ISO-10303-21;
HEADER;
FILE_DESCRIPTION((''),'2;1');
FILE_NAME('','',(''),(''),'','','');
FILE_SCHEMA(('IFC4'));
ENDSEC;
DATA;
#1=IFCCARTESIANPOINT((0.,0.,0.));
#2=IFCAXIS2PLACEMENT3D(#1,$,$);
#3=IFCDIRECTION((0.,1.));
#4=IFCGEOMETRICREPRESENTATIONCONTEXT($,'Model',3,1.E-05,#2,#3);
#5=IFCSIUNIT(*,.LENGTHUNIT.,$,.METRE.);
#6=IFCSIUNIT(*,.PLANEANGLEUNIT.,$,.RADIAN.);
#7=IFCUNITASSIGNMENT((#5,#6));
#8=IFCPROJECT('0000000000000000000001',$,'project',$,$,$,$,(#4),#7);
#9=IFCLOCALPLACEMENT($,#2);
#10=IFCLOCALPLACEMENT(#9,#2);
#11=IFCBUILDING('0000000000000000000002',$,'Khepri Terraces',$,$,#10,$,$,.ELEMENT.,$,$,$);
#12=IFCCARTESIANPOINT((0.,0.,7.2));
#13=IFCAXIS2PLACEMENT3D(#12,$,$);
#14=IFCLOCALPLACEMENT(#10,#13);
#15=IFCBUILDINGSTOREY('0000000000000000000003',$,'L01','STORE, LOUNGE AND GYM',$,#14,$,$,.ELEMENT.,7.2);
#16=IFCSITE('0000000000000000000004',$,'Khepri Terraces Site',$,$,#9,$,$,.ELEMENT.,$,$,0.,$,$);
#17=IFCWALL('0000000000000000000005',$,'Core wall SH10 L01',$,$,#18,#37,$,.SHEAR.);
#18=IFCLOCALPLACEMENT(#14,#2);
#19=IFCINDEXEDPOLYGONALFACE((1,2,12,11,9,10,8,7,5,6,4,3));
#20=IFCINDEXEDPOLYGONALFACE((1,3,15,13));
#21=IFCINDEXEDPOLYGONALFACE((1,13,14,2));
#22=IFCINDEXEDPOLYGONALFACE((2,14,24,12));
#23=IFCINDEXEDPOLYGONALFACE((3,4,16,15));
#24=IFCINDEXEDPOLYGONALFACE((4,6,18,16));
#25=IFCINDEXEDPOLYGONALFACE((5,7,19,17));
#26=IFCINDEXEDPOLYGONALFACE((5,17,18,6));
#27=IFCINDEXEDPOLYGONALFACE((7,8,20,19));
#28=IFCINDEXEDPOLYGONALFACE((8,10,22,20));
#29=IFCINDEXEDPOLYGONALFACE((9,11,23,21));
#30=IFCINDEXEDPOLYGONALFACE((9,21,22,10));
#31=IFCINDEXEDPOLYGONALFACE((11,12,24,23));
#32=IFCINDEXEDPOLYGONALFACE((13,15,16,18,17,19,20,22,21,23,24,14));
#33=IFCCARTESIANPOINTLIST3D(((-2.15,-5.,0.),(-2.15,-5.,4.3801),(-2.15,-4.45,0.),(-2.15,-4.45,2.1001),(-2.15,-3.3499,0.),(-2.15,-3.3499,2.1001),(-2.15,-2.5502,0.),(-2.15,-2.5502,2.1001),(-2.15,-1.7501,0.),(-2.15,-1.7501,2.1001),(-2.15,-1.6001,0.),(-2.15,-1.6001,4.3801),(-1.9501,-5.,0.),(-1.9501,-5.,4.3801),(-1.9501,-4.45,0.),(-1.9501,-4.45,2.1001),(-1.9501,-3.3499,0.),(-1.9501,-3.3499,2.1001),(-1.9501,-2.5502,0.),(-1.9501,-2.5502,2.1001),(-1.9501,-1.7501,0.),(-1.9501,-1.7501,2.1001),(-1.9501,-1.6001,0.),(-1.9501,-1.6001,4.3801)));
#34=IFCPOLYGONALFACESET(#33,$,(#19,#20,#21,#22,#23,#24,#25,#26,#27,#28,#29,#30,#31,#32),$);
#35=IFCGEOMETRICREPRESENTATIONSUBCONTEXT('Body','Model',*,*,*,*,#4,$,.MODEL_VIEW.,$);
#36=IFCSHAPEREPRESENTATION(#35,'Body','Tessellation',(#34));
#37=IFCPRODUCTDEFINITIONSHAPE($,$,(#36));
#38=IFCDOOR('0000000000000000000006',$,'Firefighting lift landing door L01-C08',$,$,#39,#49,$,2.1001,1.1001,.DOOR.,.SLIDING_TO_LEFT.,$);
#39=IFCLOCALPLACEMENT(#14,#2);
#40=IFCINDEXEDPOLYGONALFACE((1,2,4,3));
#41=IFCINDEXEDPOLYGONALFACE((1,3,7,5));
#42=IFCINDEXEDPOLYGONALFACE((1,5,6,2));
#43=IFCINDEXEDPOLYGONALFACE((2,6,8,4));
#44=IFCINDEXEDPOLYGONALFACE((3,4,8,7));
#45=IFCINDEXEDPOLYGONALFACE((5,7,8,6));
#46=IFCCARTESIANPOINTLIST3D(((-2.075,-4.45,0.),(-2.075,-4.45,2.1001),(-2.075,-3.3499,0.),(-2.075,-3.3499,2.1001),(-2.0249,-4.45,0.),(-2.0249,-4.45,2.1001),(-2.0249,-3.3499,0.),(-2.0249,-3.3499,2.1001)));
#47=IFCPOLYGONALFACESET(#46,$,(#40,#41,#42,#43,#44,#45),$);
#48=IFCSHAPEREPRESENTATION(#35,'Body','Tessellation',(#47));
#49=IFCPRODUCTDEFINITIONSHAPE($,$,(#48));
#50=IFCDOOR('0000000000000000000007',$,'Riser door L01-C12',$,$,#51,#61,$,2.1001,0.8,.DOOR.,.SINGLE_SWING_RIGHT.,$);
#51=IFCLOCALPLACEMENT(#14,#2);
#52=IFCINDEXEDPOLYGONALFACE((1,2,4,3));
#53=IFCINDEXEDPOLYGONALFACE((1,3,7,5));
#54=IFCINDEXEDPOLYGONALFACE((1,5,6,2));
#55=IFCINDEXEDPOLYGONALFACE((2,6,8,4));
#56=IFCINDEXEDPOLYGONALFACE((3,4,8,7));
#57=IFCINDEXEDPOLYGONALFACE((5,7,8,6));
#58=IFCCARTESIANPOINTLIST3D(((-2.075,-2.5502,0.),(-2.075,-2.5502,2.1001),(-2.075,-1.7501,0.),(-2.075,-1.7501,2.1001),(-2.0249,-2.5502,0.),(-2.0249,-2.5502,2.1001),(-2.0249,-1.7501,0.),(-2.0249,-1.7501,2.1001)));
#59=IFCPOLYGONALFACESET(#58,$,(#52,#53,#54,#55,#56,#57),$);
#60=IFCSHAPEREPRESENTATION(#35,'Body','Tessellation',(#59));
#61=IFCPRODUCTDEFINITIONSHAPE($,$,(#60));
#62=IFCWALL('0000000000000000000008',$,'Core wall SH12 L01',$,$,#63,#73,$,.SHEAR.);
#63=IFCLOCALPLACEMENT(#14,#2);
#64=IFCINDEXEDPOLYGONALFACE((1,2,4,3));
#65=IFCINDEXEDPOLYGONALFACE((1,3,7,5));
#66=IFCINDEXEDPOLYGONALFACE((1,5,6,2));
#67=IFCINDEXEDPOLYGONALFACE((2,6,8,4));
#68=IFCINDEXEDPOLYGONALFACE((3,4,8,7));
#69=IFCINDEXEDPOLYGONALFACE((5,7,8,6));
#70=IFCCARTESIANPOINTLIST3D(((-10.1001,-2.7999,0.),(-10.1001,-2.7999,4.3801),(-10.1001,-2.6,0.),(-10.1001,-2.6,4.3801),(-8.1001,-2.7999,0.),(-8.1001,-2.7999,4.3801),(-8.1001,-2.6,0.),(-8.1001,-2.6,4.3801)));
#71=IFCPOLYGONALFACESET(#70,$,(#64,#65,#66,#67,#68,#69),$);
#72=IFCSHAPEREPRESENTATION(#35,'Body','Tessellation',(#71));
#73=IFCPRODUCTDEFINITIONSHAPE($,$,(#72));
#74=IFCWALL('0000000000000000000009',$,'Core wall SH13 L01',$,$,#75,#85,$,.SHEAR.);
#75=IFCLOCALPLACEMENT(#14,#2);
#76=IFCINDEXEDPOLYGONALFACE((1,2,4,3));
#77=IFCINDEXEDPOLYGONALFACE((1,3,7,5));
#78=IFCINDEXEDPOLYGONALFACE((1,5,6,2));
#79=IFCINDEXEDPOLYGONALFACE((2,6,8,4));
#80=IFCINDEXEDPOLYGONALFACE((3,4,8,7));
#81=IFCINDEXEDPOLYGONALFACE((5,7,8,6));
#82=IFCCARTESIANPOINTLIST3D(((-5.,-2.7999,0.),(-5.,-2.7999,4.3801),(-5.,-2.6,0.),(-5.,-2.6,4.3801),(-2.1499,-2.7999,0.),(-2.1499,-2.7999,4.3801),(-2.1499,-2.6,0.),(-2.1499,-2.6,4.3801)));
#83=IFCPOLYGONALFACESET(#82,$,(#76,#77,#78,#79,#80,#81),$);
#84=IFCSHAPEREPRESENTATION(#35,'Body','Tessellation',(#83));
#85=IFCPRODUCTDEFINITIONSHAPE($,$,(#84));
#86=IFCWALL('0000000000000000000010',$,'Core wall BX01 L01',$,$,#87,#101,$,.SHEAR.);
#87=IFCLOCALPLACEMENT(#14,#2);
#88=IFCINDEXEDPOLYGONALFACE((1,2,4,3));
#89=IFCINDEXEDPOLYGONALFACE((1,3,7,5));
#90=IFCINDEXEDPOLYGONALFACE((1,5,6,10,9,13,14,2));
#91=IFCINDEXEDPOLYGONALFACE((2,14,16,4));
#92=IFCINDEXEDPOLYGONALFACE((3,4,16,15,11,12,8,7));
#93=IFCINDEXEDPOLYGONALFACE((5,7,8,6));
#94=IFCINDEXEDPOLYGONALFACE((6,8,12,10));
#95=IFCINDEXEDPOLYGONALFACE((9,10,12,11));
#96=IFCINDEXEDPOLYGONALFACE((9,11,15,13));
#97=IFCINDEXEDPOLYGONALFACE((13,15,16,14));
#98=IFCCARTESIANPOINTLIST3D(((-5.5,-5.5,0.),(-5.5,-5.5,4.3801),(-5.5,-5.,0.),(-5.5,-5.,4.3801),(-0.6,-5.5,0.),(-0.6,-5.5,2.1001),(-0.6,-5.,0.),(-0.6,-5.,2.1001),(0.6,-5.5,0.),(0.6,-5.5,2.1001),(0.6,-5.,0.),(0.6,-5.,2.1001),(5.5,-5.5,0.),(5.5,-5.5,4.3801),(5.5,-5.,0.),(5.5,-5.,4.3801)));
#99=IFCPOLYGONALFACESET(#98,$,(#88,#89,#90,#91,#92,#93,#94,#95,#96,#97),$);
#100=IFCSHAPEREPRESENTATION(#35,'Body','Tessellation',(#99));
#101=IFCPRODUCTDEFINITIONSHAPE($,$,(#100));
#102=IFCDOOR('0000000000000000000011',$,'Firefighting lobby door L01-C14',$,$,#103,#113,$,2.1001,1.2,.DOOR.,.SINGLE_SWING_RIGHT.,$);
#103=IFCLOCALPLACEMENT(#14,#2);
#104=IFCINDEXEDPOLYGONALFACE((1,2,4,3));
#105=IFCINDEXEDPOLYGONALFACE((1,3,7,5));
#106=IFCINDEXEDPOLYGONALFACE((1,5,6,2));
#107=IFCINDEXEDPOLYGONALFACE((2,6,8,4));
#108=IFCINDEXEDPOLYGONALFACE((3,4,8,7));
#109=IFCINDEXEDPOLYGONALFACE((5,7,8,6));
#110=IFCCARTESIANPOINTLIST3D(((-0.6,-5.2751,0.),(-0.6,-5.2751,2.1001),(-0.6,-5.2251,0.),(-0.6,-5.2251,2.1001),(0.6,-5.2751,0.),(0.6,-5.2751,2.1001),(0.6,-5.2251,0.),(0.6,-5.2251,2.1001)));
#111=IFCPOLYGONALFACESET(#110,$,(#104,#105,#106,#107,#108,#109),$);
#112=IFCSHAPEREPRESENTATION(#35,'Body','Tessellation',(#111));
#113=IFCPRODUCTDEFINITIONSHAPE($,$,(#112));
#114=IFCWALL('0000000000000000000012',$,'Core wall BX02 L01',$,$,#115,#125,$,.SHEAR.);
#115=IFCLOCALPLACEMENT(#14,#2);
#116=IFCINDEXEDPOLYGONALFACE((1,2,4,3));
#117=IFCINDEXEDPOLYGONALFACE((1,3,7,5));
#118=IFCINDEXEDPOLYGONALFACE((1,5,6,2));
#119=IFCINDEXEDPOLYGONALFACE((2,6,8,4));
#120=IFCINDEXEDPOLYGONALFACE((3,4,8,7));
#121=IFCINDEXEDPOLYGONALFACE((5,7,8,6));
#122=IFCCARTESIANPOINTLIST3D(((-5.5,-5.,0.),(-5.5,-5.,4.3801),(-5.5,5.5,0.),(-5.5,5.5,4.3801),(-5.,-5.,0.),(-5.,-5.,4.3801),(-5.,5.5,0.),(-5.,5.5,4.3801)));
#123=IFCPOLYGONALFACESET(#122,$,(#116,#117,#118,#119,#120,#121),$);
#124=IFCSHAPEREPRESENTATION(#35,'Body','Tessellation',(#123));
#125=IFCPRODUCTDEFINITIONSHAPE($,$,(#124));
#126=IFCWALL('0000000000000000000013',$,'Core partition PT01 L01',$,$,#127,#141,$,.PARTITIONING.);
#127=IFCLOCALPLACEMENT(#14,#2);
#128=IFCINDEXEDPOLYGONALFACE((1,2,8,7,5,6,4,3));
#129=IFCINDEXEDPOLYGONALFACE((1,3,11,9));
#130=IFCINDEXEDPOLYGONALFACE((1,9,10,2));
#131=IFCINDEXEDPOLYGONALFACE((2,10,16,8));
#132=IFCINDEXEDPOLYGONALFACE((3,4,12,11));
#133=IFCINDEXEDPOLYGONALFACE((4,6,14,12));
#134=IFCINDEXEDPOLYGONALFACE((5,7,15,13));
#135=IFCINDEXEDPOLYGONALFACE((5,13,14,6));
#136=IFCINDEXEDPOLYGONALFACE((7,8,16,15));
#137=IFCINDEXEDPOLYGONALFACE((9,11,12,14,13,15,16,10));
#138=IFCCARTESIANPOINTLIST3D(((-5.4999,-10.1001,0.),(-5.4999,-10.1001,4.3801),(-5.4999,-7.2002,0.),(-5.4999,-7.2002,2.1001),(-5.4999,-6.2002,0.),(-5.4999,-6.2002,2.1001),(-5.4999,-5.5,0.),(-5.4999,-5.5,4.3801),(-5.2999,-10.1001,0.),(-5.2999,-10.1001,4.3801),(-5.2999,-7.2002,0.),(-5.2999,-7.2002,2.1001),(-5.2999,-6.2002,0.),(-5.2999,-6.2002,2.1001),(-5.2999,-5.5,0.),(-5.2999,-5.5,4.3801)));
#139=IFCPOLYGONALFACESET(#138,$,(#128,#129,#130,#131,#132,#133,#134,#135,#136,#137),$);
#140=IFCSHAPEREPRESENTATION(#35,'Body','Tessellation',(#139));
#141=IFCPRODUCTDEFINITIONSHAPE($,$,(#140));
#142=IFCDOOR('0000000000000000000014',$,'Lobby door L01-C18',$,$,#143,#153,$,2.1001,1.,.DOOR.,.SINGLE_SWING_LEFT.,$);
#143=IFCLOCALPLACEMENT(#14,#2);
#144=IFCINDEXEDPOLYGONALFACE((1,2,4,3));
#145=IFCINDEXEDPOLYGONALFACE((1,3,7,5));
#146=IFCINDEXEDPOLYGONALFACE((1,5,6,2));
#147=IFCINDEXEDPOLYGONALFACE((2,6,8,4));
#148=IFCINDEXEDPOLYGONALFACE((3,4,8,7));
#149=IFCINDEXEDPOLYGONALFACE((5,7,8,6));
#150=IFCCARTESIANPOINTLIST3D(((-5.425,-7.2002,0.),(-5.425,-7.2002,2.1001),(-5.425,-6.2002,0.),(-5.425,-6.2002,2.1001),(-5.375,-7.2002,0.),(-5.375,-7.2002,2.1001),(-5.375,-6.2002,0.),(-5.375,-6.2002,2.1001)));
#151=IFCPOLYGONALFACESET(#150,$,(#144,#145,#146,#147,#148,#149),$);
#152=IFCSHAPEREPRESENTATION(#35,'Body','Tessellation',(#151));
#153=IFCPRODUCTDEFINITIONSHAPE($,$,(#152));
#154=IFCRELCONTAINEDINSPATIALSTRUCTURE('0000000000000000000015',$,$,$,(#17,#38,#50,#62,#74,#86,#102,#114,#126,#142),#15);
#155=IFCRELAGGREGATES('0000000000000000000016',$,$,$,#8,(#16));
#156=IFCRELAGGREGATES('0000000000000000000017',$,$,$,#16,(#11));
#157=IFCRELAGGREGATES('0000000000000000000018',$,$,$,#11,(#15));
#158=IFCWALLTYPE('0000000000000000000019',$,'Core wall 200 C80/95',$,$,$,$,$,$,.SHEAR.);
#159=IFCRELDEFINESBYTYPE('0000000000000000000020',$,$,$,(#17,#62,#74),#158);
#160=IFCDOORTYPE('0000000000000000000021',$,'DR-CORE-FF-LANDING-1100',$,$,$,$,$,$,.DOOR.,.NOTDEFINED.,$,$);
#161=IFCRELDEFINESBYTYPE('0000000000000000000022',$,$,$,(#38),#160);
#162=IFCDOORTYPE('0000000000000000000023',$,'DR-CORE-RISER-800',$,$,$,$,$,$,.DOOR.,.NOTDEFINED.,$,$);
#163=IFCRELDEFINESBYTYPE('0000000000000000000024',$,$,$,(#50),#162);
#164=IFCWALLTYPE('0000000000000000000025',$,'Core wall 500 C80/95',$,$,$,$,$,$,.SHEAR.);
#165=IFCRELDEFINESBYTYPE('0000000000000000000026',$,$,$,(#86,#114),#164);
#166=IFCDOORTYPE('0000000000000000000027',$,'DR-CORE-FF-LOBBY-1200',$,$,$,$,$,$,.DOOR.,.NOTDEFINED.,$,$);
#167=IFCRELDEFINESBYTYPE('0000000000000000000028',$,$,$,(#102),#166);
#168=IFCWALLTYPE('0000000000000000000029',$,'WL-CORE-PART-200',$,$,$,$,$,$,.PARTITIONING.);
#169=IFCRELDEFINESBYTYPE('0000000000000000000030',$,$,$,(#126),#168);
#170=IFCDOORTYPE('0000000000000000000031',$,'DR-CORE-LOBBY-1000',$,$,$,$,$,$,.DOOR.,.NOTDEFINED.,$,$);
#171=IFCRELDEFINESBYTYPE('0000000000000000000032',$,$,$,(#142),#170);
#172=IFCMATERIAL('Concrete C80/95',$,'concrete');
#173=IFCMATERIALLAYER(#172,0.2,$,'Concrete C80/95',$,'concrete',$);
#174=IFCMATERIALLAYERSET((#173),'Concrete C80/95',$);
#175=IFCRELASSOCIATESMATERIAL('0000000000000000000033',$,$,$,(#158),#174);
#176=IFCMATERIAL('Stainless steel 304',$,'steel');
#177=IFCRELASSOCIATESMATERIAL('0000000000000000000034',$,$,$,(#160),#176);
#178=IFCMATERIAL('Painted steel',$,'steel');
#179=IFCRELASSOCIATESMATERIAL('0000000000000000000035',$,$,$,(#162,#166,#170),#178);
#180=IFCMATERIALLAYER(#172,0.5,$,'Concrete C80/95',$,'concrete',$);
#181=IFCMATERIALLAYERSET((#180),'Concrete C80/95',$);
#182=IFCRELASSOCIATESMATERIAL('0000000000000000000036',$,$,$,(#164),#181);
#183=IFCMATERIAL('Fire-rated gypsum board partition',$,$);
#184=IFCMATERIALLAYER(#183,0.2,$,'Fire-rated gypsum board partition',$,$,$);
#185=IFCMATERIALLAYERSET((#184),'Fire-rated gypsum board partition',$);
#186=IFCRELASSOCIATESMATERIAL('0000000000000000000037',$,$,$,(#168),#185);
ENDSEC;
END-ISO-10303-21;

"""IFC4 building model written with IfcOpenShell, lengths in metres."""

from ifc_helpers import new_model, si_unit, direction, frame, frame_2d, origin, place, context, subcontext, project, spatial, rectangle, extrude, material, layer, layer_set, type_object, element, fill, save


model = new_model("IFC4")

# Units and contexts
model_context = context("Model", 3, precision=1e-05, world=origin(), true_north=direction((0.0, 1.0)))
body_context = subcontext(model_context, "Body", "Model", "MODEL_VIEW")
ifc_project = project(units=[si_unit("LENGTHUNIT", "METRE"), si_unit("PLANEANGLEUNIT", "RADIAN")], contexts=[model_context])

# Site, building, storey
site_placement = place(None, origin())
site = spatial("IfcSite", under=ifc_project, at=site_placement, Name="Khepri Terraces Site", CompositionType="ELEMENT", RefElevation=0.0)
building_placement = place(site_placement, origin())
building = spatial("IfcBuilding", under=site, at=building_placement, Name="Khepri Terraces", CompositionType="ELEMENT")
storey_placement = place(building_placement, frame((0.0, 0.0, 7.2)))
storey = spatial("IfcBuildingStorey", under=building, at=storey_placement, Name="L01", Description="STORE, LOUNGE AND GYM", CompositionType="ELEMENT", Elevation=7.2)

# Shared definitions
ifc_material_1 = material(Name="Concrete C80/95", Category="concrete")
ifc_layer_1 = layer(ifc_material_1, 0.2, Name="Concrete C80/95", Category="concrete")
ifc_layer_set_1 = layer_set([ifc_layer_1], Name="Concrete C80/95")
wall_type_1 = type_object("IfcWallType", Name="Core wall 200 C80/95", PredefinedType="SHEAR", material=ifc_layer_set_1)

# Shared definitions
ifc_material_2 = material(Name="Painted steel", Category="steel")

# Wall, openings, doors
ifc_material_3 = material(Name="Stainless steel 304", Category="steel")
wall_1_placement = place(storey_placement, frame((-2.05, -5.0, 0.0), z_axis=(0.0, 0.0, 1.0), x_axis=(0.0, 1.0, 0.0)))
wall_1 = element("IfcWall", 1, at=wall_1_placement, inside=storey, type_object=wall_type_1, Name="Core wall SH10 L01", PredefinedType="SHEAR", context=body_context, shape_type="SweptSolid", body=[
    extrude(rectangle(XDim=3.3999, YDim=0.2, at=frame_2d((1.7, 0.0))), origin(), (0.0, 0.0, 1.0), 4.3801),
])
opening_1_placement = place(wall_1_placement, frame((0.55, 0.0, 0.0)))
opening_1 = element("IfcOpeningElement", 2, at=opening_1_placement, cuts=wall_1, PredefinedType="OPENING", context=body_context, shape_type="SweptSolid", body=[
    extrude(rectangle(XDim=1.1001, YDim=2.1001, at=frame_2d((0.55, 1.05))), frame((0.0, 0.1099, 0.0), z_axis=(0.0, -1.0, 0.0), x_axis=(1.0, 0.0, 0.0)), (0.0, 0.0, 1.0), 0.22),
])
opening_2_placement = place(wall_1_placement, frame((2.45, 0.0, 0.0)))
opening_2 = element("IfcOpeningElement", 3, at=opening_2_placement, cuts=wall_1, PredefinedType="OPENING", context=body_context, shape_type="SweptSolid", body=[
    extrude(rectangle(XDim=0.8, YDim=2.1001, at=frame_2d((0.3999, 1.05))), frame((0.0, 0.1099, 0.0), z_axis=(0.0, -1.0, 0.0), x_axis=(1.0, 0.0, 0.0)), (0.0, 0.0, 1.0), 0.22),
])
door_type_1 = type_object("IfcDoorType", Name="DR-CORE-FF-LANDING-1100", OperationType="NOTDEFINED", PredefinedType="DOOR", material=ifc_material_3)
door_1_placement = place(opening_1_placement, origin())
door_1 = element("IfcDoor", 4, at=door_1_placement, inside=storey, type_object=door_type_1, Name="Firefighting lift landing door L01-C08", OperationType="SLIDING_TO_LEFT", OverallHeight=2.1001, OverallWidth=1.1001, PredefinedType="DOOR", context=body_context, shape_type="SweptSolid", body=[
    extrude(rectangle(XDim=1.1001, YDim=2.1001, at=frame_2d((0.55, 1.05))), frame((0.0, 0.0249, 0.0), z_axis=(0.0, -1.0, 0.0), x_axis=(1.0, 0.0, 0.0)), (0.0, 0.0, 1.0), 0.05),
])
fill(opening_1, door_1)
door_type_2 = type_object("IfcDoorType", Name="DR-CORE-RISER-800", OperationType="NOTDEFINED", PredefinedType="DOOR", material=ifc_material_2)
door_2_placement = place(opening_2_placement, origin())
door_2 = element("IfcDoor", 5, at=door_2_placement, inside=storey, type_object=door_type_2, Name="Riser door L01-C12", OperationType="SINGLE_SWING_RIGHT", OverallHeight=2.1001, OverallWidth=0.8, PredefinedType="DOOR", context=body_context, shape_type="SweptSolid", body=[
    extrude(rectangle(XDim=0.8, YDim=2.1001, at=frame_2d((0.3999, 1.05))), frame((0.0, 0.0249, 0.0), z_axis=(0.0, -1.0, 0.0), x_axis=(1.0, 0.0, 0.0)), (0.0, 0.0, 1.0), 0.05),
])
fill(opening_2, door_2)

# Walls
wall_2_placement = place(storey_placement, frame((-10.1001, -2.7, 0.0), z_axis=(0.0, 0.0, 1.0), x_axis=(1.0, 0.0, 0.0)))
element("IfcWall", 6, at=wall_2_placement, inside=storey, type_object=wall_type_1, Name="Core wall SH12 L01", PredefinedType="SHEAR", context=body_context, shape_type="SweptSolid", body=[
    extrude(rectangle(XDim=2.0, YDim=0.2, at=frame_2d((1.0, 0.0))), origin(), (0.0, 0.0, 1.0), 4.3801),
])
wall_3_placement = place(storey_placement, frame((-5.0, -2.7, 0.0), z_axis=(0.0, 0.0, 1.0), x_axis=(1.0, 0.0, 0.0)))
element("IfcWall", 7, at=wall_3_placement, inside=storey, type_object=wall_type_1, Name="Core wall SH13 L01", PredefinedType="SHEAR", context=body_context, shape_type="SweptSolid", body=[
    extrude(rectangle(XDim=2.8501, YDim=0.2, at=frame_2d((1.425, 0.0))), origin(), (0.0, 0.0, 1.0), 4.3801),
])

# Wall, opening, door
ifc_layer_2 = layer(ifc_material_1, 0.5, Name="Concrete C80/95", Category="concrete")
ifc_layer_set_2 = layer_set([ifc_layer_2], Name="Concrete C80/95")
wall_type_2 = type_object("IfcWallType", Name="Core wall 500 C80/95", PredefinedType="SHEAR", material=ifc_layer_set_2)
wall_4_placement = place(storey_placement, frame((-5.5, -5.25, 0.0), z_axis=(0.0, 0.0, 1.0), x_axis=(1.0, 0.0, 0.0)))
wall_4 = element("IfcWall", 8, at=wall_4_placement, inside=storey, type_object=wall_type_2, Name="Core wall BX01 L01", PredefinedType="SHEAR", context=body_context, shape_type="SweptSolid", body=[
    extrude(rectangle(XDim=11.0, YDim=0.5, at=frame_2d((5.5, 0.0))), origin(), (0.0, 0.0, 1.0), 4.3801),
])
opening_3_placement = place(wall_4_placement, frame((4.8999, 0.0, 0.0)))
opening_3 = element("IfcOpeningElement", 9, at=opening_3_placement, cuts=wall_4, PredefinedType="OPENING", context=body_context, shape_type="SweptSolid", body=[
    extrude(rectangle(XDim=1.2, YDim=2.1001, at=frame_2d((0.6001, 1.05))), frame((0.0, 0.26, 0.0), z_axis=(0.0, -1.0, 0.0), x_axis=(1.0, 0.0, 0.0)), (0.0, 0.0, 1.0), 0.52),
])
door_type_3 = type_object("IfcDoorType", Name="DR-CORE-FF-LOBBY-1200", OperationType="NOTDEFINED", PredefinedType="DOOR", material=ifc_material_2)
door_3_placement = place(opening_3_placement, origin())
door_3 = element("IfcDoor", 10, at=door_3_placement, inside=storey, type_object=door_type_3, Name="Firefighting lobby door L01-C14", OperationType="SINGLE_SWING_RIGHT", OverallHeight=2.1001, OverallWidth=1.2, PredefinedType="DOOR", context=body_context, shape_type="SweptSolid", body=[
    extrude(rectangle(XDim=1.2, YDim=2.1001, at=frame_2d((0.6001, 1.05))), frame((0.0, 0.0249, 0.0), z_axis=(0.0, -1.0, 0.0), x_axis=(1.0, 0.0, 0.0)), (0.0, 0.0, 1.0), 0.05),
])
fill(opening_3, door_3)

# Wall
wall_5_placement = place(storey_placement, frame((-5.25, -5.0, 0.0), z_axis=(0.0, 0.0, 1.0), x_axis=(0.0, 1.0, 0.0)))
element("IfcWall", 11, at=wall_5_placement, inside=storey, type_object=wall_type_2, Name="Core wall BX02 L01", PredefinedType="SHEAR", context=body_context, shape_type="SweptSolid", body=[
    extrude(rectangle(XDim=10.5, YDim=0.5, at=frame_2d((5.25, 0.0))), origin(), (0.0, 0.0, 1.0), 4.3801),
])

# Wall, opening, door
ifc_material_4 = material(Name="Fire-rated gypsum board partition")
ifc_layer_3 = layer(ifc_material_4, 0.2, Name="Fire-rated gypsum board partition")
ifc_layer_set_3 = layer_set([ifc_layer_3], Name="Fire-rated gypsum board partition")
wall_type_3 = type_object("IfcWallType", Name="WL-CORE-PART-200", PredefinedType="PARTITIONING", material=ifc_layer_set_3)
wall_6_placement = place(storey_placement, frame((-5.3999, -10.1001, 0.0), z_axis=(0.0, 0.0, 1.0), x_axis=(0.0, 1.0, 0.0)))
wall_6 = element("IfcWall", 12, at=wall_6_placement, inside=storey, type_object=wall_type_3, Name="Core partition PT01 L01", PredefinedType="PARTITIONING", context=body_context, shape_type="SweptSolid", body=[
    extrude(rectangle(XDim=4.6001, YDim=0.2, at=frame_2d((2.3, 0.0))), origin(), (0.0, 0.0, 1.0), 4.3801),
])
opening_4_placement = place(wall_6_placement, frame((2.8999, 0.0, 0.0)))
opening_4 = element("IfcOpeningElement", 13, at=opening_4_placement, cuts=wall_6, PredefinedType="OPENING", context=body_context, shape_type="SweptSolid", body=[
    extrude(rectangle(XDim=1.0, YDim=2.1001, at=frame_2d((0.5, 1.05))), frame((0.0, 0.1099, 0.0), z_axis=(0.0, -1.0, 0.0), x_axis=(1.0, 0.0, 0.0)), (0.0, 0.0, 1.0), 0.22),
])
door_type_4 = type_object("IfcDoorType", Name="DR-CORE-LOBBY-1000", OperationType="NOTDEFINED", PredefinedType="DOOR", material=ifc_material_2)
door_4_placement = place(opening_4_placement, frame((1.0, 0.0, 0.0), z_axis=(0.0, 0.0, 1.0), x_axis=(-1.0, 0.0, 0.0)))
door_4 = element("IfcDoor", 14, at=door_4_placement, inside=storey, type_object=door_type_4, Name="Lobby door L01-C18", OperationType="SINGLE_SWING_LEFT", OverallHeight=2.1001, OverallWidth=1.0, PredefinedType="DOOR", context=body_context, shape_type="SweptSolid", body=[
    extrude(rectangle(XDim=1.0, YDim=2.1001, at=frame_2d((0.5, 1.05))), frame((0.0, 0.0249, 0.0), z_axis=(0.0, -1.0, 0.0), x_axis=(1.0, 0.0, 0.0)), (0.0, 0.0, 1.0), 0.05),
])
fill(opening_4, door_4)

save(model, "model.ifc")
